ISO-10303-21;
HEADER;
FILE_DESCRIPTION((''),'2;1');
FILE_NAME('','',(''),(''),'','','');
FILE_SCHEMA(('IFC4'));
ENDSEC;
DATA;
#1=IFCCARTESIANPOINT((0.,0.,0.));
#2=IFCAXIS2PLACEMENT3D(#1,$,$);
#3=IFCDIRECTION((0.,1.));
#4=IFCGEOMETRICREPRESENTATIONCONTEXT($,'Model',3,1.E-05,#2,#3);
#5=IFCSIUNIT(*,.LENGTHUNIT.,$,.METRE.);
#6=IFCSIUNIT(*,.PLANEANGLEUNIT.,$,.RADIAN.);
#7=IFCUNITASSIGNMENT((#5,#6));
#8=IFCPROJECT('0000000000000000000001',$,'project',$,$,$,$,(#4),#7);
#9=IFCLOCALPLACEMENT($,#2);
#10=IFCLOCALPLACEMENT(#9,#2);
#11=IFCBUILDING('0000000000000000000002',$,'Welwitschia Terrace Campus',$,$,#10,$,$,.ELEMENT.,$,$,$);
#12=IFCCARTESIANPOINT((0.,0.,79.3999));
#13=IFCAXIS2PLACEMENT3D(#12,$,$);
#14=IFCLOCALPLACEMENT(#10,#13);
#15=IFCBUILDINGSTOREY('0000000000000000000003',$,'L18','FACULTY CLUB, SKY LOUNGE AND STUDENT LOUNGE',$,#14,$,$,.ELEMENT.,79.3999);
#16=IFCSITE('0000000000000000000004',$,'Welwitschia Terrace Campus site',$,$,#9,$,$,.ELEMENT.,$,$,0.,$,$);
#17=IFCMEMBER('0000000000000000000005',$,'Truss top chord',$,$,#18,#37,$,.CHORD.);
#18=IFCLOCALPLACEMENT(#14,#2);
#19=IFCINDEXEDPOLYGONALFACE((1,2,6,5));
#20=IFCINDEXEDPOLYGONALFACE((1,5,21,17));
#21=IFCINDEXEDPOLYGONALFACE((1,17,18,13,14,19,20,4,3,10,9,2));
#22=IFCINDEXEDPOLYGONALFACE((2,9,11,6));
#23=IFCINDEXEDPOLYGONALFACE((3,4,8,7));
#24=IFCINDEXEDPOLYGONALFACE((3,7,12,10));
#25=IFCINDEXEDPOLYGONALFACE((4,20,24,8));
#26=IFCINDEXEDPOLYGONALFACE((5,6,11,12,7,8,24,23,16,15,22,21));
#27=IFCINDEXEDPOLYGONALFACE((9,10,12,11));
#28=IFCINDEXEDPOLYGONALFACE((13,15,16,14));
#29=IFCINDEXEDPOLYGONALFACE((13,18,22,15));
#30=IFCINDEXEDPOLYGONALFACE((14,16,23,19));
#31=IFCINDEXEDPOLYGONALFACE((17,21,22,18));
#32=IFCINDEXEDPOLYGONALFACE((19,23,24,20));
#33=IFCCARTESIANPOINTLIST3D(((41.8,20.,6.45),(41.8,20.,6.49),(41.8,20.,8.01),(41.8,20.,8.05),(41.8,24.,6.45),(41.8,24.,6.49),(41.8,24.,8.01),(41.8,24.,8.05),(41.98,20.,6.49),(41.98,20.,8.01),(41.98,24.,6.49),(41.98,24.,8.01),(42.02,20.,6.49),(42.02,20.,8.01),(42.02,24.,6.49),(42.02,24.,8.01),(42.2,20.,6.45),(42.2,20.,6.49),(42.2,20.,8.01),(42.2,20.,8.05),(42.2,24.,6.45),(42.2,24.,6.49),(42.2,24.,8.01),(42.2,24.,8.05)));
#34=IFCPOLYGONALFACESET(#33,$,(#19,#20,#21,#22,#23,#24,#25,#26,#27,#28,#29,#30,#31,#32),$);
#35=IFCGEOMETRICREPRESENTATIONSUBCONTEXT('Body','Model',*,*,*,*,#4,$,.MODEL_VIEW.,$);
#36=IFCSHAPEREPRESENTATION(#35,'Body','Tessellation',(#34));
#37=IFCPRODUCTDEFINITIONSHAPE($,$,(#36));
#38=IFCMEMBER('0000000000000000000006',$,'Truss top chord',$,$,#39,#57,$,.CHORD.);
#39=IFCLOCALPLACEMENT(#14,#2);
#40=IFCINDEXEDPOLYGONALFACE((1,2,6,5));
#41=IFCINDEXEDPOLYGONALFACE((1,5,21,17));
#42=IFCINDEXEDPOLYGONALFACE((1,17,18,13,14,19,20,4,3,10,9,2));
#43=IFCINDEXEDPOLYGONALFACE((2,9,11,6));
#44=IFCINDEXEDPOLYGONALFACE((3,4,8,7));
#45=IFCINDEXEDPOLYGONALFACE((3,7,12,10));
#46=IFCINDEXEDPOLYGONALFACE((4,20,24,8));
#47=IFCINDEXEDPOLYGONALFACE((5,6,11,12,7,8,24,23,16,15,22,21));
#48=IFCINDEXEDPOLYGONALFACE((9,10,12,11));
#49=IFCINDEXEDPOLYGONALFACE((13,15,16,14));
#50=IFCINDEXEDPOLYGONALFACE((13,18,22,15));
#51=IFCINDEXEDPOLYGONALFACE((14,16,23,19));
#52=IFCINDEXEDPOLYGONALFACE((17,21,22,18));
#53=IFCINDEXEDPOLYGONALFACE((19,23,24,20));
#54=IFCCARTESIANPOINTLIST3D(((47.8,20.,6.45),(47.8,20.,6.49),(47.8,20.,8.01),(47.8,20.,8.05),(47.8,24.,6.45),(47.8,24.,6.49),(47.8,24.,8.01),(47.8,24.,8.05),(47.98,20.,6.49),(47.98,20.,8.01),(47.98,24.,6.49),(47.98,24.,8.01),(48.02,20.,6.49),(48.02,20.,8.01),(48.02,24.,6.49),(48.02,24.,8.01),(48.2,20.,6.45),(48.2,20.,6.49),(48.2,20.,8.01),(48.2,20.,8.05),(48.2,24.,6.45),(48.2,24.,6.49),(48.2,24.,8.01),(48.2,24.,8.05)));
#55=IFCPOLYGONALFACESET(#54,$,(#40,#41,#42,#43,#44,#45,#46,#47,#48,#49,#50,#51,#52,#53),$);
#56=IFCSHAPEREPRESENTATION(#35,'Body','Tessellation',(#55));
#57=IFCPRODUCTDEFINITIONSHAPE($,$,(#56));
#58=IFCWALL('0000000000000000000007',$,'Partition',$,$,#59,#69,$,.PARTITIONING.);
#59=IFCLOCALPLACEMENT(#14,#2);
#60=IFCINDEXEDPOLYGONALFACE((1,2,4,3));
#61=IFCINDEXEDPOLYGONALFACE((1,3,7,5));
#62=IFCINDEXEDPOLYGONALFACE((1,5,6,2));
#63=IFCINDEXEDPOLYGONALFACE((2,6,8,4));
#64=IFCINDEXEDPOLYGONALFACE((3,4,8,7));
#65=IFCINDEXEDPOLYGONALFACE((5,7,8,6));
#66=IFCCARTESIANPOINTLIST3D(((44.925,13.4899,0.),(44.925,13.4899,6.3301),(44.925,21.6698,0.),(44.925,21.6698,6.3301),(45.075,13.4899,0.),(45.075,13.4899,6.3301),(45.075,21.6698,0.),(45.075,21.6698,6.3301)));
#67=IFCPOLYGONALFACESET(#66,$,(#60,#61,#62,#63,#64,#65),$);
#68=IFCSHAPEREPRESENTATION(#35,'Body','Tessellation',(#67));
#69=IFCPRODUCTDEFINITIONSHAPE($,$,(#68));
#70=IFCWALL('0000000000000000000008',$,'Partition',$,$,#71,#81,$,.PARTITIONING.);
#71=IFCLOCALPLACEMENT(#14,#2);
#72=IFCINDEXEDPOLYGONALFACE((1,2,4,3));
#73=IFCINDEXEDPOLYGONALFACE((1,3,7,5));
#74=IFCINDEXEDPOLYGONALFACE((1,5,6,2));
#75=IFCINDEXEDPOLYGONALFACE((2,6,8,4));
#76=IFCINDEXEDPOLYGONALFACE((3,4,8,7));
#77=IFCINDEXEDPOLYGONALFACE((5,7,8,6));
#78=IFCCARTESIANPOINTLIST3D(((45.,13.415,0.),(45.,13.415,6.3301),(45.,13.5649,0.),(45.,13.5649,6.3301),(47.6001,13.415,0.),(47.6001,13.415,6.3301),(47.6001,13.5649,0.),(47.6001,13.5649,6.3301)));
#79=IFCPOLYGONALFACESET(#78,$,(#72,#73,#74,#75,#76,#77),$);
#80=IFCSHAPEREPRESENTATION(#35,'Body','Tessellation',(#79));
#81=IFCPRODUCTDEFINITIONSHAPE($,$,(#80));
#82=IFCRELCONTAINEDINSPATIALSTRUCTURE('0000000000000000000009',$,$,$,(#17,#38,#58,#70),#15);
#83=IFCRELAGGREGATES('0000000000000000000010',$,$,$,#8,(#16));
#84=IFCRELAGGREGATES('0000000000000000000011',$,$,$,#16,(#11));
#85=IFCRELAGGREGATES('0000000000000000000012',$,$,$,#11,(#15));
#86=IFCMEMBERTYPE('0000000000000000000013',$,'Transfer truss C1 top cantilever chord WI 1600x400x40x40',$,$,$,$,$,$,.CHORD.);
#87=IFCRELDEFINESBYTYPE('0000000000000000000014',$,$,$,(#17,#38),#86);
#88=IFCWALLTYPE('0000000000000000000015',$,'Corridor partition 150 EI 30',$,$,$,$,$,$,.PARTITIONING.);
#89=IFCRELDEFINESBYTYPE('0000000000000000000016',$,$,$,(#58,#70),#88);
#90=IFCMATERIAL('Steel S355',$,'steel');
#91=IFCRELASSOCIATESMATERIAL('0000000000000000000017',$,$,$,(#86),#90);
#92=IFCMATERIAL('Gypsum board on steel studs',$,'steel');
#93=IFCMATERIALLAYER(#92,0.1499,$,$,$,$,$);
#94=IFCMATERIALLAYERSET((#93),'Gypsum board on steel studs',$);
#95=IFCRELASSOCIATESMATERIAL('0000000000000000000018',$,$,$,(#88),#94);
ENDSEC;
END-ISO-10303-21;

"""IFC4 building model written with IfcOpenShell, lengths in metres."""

from ifc_helpers import new_model, si_unit, direction, frame, frame_2d, origin, origin_2d, place, context, subcontext, project, spatial, rectangle, i_section, extrude, material, layer, layer_set, material_profile, profile_set, type_object, element, save


model = new_model("IFC4")

# Units and contexts
model_context = context("Model", 3, precision=1e-05, world=origin(), true_north=direction((0.0, 1.0)))
body_context = subcontext(model_context, "Body", "Model", "MODEL_VIEW")
ifc_project = project(units=[si_unit("LENGTHUNIT", "METRE"), si_unit("PLANEANGLEUNIT", "RADIAN")], contexts=[model_context])

# Site, building, storey
site_placement = place(None, origin())
site = spatial("IfcSite", under=ifc_project, at=site_placement, Name="Welwitschia Terrace Campus site", CompositionType="ELEMENT", RefElevation=0.0)
building_placement = place(site_placement, origin())
building = spatial("IfcBuilding", under=site, at=building_placement, Name="Welwitschia Terrace Campus", CompositionType="ELEMENT")
storey_placement = place(building_placement, frame((0.0, 0.0, 79.3999)))
storey = spatial("IfcBuildingStorey", under=building, at=storey_placement, Name="L18", Description="FACULTY CLUB, SKY LOUNGE AND STUDENT LOUNGE", CompositionType="ELEMENT", Elevation=79.3999)

# Members
ifc_material_1 = material(Name="Steel S355", Category="steel")
ifc_material_profile_1 = material_profile(ifc_material_1, i_section(OverallWidth=0.3999, OverallDepth=1.6001, WebThickness=0.04, FlangeThickness=0.04, at=origin_2d()))
ifc_profile_set_1 = profile_set([ifc_material_profile_1], Name="Steel S355")
member_type_1 = type_object("IfcMemberType", Name="Transfer truss C1 top cantilever chord WI 1600x400x40x40", PredefinedType="CHORD", material=ifc_profile_set_1)
for number, where, z_axis, x_axis, name in (
    (1, (42.0, 20.0, 7.25), (0.0, 1.0, 0.0), (-1.0, 0.0, 0.0), "Truss top chord"),
    (2, (48.0, 20.0, 7.25), (0.0, 1.0, 0.0), (-1.0, 0.0, 0.0), "Truss top chord"),
):
    element("IfcMember", number, at=place(storey_placement, frame(where, z_axis=z_axis, x_axis=x_axis)), inside=storey, type_object=member_type_1, Name=name, PredefinedType="CHORD", context=body_context, shape_type="SweptSolid", body=[
        extrude(i_section(OverallWidth=0.3999, OverallDepth=1.6001, WebThickness=0.04, FlangeThickness=0.04, at=origin_2d()), origin(), (0.0, 0.0, 1.0), 4.0),
    ])

# Walls
ifc_material_2 = material(Name="Gypsum board on steel studs", Category="steel")
ifc_layer = layer(ifc_material_2, 0.1499)
ifc_layer_set = layer_set([ifc_layer], Name="Gypsum board on steel studs")
wall_type = type_object("IfcWallType", Name="Corridor partition 150 EI 30", PredefinedType="PARTITIONING", material=ifc_layer_set)
wall_1_placement = place(storey_placement, frame((45.0, 13.49, 0.0), z_axis=(0.0, 0.0, 1.0), x_axis=(0.0, 1.0, 0.0)))
element("IfcWall", 3, at=wall_1_placement, inside=storey, type_object=wall_type, Name="Partition", PredefinedType="PARTITIONING", context=body_context, shape_type="SweptSolid", body=[
    extrude(rectangle(XDim=8.1799, YDim=0.1499, at=frame_2d((4.0898, 0.0))), origin(), (0.0, 0.0, 1.0), 6.3301),
])
wall_2_placement = place(storey_placement, frame((45.0, 13.49, 0.0), z_axis=(0.0, 0.0, 1.0), x_axis=(1.0, 0.0, 0.0)))
element("IfcWall", 4, at=wall_2_placement, inside=storey, type_object=wall_type, Name="Partition", PredefinedType="PARTITIONING", context=body_context, shape_type="SweptSolid", body=[
    extrude(rectangle(XDim=2.6001, YDim=0.1499, at=frame_2d((1.3, 0.0))), origin(), (0.0, 0.0, 1.0), 6.3301),
])

save(model, "model.ifc")
